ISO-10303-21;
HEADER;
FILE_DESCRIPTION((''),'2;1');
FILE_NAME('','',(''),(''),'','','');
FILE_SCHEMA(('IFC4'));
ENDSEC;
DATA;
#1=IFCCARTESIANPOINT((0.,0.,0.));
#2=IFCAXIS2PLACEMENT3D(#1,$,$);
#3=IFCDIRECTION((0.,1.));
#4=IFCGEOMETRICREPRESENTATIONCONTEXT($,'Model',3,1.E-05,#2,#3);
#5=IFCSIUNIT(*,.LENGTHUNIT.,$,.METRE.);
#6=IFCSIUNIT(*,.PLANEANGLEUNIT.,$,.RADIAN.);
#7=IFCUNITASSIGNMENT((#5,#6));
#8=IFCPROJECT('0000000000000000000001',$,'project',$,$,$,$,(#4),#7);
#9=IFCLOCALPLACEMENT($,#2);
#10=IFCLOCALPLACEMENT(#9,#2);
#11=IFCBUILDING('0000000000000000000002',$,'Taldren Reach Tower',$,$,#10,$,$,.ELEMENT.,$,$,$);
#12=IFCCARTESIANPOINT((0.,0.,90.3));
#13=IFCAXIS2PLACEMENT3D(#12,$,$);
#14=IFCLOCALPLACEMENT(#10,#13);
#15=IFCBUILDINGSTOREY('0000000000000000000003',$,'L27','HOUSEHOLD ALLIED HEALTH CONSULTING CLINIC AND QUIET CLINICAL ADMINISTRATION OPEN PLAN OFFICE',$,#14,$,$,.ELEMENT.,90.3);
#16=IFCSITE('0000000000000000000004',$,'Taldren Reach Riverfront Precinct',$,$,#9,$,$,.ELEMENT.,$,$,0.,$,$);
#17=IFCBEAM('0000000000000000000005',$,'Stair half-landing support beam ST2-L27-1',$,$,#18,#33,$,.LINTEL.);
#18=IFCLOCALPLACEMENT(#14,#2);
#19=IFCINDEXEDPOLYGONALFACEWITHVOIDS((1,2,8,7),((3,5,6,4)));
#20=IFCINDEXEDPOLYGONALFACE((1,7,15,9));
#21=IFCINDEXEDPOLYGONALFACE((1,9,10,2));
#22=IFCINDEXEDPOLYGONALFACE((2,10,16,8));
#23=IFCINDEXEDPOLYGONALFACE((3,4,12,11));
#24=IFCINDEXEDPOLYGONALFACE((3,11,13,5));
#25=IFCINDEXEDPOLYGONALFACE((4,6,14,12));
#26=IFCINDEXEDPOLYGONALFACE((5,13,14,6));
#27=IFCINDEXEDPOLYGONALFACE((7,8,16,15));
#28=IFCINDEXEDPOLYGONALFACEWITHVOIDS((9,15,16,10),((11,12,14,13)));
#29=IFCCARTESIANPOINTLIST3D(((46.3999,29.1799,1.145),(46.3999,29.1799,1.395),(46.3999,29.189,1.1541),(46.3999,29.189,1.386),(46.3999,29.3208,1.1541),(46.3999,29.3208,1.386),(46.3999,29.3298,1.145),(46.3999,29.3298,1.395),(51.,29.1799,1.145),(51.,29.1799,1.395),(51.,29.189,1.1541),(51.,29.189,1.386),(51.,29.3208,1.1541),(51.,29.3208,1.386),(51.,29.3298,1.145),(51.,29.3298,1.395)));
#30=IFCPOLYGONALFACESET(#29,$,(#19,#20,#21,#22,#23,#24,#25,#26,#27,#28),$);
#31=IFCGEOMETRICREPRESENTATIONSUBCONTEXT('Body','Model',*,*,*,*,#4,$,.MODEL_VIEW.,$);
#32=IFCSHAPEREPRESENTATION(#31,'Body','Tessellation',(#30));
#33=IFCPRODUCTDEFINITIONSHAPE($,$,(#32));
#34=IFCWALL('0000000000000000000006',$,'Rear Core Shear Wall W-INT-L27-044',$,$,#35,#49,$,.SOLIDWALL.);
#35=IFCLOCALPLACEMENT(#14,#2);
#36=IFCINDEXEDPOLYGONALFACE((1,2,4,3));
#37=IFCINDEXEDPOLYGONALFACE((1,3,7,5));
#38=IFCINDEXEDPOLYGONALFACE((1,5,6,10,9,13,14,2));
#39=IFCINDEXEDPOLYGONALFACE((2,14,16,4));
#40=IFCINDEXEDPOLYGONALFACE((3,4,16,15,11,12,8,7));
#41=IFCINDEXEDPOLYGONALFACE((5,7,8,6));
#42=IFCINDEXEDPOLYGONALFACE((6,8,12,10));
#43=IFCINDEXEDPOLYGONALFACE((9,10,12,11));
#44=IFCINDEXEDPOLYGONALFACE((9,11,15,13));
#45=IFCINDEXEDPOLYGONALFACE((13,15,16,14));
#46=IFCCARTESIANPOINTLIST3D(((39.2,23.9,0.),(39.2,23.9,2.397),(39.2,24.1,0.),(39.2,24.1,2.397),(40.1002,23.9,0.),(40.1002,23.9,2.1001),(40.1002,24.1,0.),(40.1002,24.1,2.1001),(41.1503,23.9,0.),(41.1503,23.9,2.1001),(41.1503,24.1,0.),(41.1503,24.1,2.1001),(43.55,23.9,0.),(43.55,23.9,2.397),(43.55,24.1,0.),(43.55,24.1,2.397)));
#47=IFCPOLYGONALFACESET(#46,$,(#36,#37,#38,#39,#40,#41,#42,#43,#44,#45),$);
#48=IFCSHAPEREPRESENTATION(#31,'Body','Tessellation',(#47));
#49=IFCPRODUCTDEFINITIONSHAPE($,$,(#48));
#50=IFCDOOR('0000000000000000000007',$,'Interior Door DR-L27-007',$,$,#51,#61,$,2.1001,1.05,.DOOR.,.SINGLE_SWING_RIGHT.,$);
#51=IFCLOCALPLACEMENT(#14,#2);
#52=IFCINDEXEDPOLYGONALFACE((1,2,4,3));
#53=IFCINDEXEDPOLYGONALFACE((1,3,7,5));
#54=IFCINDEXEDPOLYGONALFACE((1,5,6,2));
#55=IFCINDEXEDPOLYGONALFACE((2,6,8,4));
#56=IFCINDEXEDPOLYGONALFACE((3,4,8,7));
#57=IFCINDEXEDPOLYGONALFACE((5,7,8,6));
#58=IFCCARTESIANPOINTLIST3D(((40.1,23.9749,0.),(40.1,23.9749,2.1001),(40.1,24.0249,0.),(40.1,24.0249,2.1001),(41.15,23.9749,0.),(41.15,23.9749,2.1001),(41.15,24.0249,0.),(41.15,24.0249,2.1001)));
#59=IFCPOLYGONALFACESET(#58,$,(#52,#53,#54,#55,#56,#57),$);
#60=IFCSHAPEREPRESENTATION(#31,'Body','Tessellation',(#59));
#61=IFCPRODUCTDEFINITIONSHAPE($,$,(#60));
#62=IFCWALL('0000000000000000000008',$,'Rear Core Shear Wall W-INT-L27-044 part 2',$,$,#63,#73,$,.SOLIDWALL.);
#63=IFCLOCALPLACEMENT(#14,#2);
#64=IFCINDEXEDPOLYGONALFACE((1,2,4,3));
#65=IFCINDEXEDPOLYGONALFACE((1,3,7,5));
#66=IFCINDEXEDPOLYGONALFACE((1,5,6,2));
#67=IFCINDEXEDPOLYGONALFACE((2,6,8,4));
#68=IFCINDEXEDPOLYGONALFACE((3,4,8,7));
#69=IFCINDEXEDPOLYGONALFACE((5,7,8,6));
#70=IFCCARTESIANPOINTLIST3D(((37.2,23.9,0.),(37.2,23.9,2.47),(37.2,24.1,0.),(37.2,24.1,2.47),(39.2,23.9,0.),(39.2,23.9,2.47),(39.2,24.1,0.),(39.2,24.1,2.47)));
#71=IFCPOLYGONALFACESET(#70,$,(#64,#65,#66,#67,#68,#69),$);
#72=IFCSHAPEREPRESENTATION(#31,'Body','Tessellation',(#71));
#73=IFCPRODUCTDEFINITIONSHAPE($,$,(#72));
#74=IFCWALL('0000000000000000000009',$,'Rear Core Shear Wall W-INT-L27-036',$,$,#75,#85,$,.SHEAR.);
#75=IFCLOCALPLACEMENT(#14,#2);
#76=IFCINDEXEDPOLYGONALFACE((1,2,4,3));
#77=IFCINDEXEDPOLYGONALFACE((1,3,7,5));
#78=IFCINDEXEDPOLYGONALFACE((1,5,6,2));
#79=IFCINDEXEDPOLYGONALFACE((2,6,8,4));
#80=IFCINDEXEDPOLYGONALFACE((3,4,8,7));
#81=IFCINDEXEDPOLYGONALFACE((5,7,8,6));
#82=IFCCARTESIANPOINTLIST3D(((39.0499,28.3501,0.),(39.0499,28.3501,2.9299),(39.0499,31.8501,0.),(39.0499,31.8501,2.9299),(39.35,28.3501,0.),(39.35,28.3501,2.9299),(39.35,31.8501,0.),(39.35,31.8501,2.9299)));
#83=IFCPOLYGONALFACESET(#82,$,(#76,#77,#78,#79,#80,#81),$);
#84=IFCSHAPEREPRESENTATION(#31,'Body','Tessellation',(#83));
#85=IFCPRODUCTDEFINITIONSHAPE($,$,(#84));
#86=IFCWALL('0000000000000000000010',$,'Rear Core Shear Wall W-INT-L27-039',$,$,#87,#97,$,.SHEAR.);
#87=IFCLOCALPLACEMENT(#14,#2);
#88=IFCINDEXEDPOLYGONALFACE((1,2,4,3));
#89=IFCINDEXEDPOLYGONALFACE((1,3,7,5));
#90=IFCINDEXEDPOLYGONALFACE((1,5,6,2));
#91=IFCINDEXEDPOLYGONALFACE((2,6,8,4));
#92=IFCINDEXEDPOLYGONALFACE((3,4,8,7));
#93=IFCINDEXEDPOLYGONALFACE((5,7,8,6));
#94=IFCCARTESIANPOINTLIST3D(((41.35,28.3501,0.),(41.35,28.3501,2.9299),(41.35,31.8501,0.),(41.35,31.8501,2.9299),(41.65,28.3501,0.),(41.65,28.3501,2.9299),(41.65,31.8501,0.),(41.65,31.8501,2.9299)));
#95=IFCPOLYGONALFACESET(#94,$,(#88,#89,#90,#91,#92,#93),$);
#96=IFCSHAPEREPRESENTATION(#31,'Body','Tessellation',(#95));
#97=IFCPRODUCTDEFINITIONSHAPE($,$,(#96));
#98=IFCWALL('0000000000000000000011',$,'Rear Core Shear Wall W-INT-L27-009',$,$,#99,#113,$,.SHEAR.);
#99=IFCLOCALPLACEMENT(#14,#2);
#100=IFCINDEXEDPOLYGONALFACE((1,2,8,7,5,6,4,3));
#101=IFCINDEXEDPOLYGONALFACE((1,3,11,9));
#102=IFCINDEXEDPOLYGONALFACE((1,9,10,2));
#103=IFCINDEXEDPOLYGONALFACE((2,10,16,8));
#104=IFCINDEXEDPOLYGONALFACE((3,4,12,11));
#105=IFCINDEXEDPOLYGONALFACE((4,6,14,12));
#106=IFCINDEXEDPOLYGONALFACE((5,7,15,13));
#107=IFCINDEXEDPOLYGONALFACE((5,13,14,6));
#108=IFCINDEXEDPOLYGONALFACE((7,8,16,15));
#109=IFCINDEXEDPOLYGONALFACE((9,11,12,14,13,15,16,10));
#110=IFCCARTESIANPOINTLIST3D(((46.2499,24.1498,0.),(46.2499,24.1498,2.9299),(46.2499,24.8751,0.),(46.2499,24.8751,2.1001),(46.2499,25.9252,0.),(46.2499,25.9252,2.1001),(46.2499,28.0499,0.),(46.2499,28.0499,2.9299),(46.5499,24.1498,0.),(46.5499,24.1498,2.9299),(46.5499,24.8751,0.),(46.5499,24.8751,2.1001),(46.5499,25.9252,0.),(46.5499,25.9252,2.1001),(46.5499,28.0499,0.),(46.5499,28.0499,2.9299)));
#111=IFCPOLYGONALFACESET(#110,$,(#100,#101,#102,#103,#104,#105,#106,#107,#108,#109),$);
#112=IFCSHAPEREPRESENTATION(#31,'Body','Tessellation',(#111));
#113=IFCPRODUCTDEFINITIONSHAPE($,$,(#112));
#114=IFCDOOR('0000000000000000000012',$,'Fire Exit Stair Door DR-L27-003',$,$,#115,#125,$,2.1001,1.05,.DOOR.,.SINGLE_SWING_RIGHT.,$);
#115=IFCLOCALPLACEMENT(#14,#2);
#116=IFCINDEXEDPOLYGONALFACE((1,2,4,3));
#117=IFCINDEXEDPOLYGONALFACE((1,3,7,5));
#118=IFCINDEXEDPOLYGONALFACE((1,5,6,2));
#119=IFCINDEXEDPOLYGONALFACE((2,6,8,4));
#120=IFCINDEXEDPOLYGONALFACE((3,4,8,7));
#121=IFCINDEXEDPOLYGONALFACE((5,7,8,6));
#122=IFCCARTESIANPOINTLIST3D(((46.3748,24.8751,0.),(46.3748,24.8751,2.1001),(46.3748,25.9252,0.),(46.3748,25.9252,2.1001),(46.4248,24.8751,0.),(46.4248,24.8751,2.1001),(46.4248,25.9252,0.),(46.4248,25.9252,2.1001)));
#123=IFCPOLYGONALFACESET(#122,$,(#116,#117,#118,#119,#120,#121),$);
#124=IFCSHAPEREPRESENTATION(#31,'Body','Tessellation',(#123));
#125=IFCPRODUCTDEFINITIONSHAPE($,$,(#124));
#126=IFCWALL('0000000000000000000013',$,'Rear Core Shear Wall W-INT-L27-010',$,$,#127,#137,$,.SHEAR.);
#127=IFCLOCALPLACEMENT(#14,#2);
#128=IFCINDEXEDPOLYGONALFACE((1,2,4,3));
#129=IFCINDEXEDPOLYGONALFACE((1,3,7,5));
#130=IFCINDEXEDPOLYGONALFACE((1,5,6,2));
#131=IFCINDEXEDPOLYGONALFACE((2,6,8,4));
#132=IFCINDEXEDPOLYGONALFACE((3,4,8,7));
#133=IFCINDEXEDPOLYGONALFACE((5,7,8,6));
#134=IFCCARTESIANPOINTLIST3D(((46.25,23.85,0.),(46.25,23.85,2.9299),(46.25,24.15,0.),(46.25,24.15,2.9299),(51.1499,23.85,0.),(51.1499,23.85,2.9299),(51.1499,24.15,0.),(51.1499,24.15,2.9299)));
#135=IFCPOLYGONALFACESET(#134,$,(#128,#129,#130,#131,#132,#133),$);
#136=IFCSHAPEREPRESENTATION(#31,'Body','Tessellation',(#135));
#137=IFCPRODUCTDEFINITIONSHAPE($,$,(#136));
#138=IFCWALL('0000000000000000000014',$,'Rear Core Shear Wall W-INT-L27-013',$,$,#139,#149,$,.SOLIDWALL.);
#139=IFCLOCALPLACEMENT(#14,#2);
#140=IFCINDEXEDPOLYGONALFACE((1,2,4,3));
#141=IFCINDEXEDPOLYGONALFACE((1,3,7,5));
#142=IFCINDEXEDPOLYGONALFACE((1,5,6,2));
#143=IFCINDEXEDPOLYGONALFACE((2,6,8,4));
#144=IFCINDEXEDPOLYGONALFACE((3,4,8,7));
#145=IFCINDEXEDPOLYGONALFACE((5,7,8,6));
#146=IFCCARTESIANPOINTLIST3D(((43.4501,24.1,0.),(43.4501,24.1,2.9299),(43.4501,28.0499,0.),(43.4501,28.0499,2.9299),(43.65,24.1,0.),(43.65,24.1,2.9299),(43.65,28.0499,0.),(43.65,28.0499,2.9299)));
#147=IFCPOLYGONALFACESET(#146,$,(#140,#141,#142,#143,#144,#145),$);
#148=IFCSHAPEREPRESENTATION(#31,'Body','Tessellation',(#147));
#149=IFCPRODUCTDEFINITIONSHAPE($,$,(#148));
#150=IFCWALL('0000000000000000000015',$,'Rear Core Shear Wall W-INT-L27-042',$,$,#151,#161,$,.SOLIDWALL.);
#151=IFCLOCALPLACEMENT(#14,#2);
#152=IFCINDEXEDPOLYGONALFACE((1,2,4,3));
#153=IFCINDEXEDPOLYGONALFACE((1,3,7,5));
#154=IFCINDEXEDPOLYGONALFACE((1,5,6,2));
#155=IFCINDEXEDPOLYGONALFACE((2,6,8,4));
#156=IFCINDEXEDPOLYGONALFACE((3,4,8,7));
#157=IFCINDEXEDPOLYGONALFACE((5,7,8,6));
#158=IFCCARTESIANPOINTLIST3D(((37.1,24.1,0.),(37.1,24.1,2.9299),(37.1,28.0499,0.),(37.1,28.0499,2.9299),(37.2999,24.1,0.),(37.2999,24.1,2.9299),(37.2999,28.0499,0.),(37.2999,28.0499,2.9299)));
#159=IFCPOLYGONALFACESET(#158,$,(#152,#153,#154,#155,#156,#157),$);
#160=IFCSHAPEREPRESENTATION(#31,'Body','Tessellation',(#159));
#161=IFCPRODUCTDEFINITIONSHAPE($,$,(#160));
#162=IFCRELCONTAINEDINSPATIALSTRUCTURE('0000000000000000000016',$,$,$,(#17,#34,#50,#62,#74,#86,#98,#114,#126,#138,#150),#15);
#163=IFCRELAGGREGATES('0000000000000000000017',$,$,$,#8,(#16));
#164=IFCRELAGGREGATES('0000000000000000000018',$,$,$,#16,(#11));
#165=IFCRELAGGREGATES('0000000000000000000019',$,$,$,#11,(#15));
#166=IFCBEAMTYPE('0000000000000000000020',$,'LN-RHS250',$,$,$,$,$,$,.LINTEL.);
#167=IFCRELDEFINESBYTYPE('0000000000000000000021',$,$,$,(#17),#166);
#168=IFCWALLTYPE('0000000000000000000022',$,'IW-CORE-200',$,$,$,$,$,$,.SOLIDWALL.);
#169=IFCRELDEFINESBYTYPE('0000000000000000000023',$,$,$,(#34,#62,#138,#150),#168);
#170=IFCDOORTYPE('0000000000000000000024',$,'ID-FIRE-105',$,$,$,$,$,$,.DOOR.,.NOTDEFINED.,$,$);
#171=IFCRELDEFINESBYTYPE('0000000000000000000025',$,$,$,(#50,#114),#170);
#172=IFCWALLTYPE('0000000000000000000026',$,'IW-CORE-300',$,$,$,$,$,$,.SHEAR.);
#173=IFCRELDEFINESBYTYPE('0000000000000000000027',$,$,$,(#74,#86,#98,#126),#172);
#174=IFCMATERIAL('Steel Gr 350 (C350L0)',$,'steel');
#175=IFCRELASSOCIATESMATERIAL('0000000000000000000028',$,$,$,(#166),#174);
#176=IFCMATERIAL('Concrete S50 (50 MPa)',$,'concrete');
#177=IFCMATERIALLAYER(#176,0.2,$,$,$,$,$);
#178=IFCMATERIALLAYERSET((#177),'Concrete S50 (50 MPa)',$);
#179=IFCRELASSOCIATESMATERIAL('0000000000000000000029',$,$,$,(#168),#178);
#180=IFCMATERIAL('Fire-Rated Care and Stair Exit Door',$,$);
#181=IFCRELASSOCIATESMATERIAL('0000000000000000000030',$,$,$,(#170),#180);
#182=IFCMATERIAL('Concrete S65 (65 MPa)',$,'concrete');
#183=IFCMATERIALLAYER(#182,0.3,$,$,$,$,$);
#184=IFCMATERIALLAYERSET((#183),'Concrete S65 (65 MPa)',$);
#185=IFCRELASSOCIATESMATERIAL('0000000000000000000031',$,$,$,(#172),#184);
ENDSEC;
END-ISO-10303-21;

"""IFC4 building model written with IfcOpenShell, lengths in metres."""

from ifc_helpers import new_model, si_unit, direction, frame, frame_2d, origin, origin_2d, place, context, subcontext, project, spatial, rectangle, hollow_rectangle, extrude, source, transform, mapped, material, layer, layer_set, material_profile, profile_set, type_object, element, fill, save


model = new_model("IFC4")

# Units and contexts
model_context = context("Model", 3, precision=1e-05, world=origin(), true_north=direction((0.0, 1.0)))
body_context = subcontext(model_context, "Body", "Model", "MODEL_VIEW")
ifc_project = project(units=[si_unit("LENGTHUNIT", "METRE"), si_unit("PLANEANGLEUNIT", "RADIAN")], contexts=[model_context])

# Site, building, storey
site_placement = place(None, origin())
site = spatial("IfcSite", under=ifc_project, at=site_placement, Name="Taldren Reach Riverfront Precinct", CompositionType="ELEMENT", RefElevation=0.0)
building_placement = place(site_placement, origin())
building = spatial("IfcBuilding", under=site, at=building_placement, Name="Taldren Reach Tower", CompositionType="ELEMENT")
storey_placement = place(building_placement, frame((0.0, 0.0, 90.3)))
storey = spatial("IfcBuildingStorey", under=building, at=storey_placement, Name="L27", Description="HOUSEHOLD ALLIED HEALTH CONSULTING CLINIC AND QUIET CLINICAL ADMINISTRATION OPEN PLAN OFFICE", CompositionType="ELEMENT", Elevation=90.3)

# Beam
ifc_material_1 = material(Name="Steel Gr 350 (C350L0)", Category="steel")
ifc_material_profile = material_profile(ifc_material_1, hollow_rectangle(XDim=0.1499, YDim=0.25, WallThickness=0.009, at=origin_2d()), Name="250x150x9.0RHS")
ifc_profile_set = profile_set([ifc_material_profile], Name="Steel Gr 350 (C350L0)")
beam_type = type_object("IfcBeamType", Name="LN-RHS250", PredefinedType="LINTEL", material=ifc_profile_set)
shared_shape_1 = source(origin(), body_context, "Body", "SweptSolid", [
    extrude(hollow_rectangle(XDim=0.1499, YDim=0.25, WallThickness=0.009, at=origin_2d()), origin(), (0.0, 0.0, 1.0), 4.6001),
])
beam_placement = place(storey_placement, frame((46.3999, 29.2549, 1.27), z_axis=(1.0, 0.0, 0.0), x_axis=(0.0, 1.0, 0.0)))
element("IfcBeam", 1, at=beam_placement, inside=storey, type_object=beam_type, Name="Stair half-landing support beam ST2-L27-1", PredefinedType="LINTEL", context=body_context, shape_type="MappedRepresentation", body=[
    mapped(shared_shape_1, transform((0.0, 0.0, 0.0), scale=1.0)),
])

# Wall, opening, door
ifc_material_2 = material(Name="Concrete S50 (50 MPa)", Category="concrete")
ifc_layer_1 = layer(ifc_material_2, 0.2)
ifc_layer_set_1 = layer_set([ifc_layer_1], Name="Concrete S50 (50 MPa)")
wall_type_1 = type_object("IfcWallType", Name="IW-CORE-200", PredefinedType="SOLIDWALL", material=ifc_layer_set_1)
shared_shape_2 = source(origin(), body_context, "Body", "SweptSolid", [
    extrude(rectangle(XDim=4.3501, YDim=0.2, at=frame_2d((2.175, 0.0))), origin(), (0.0, 0.0, 1.0), 2.397),
])
wall_1_placement = place(storey_placement, frame((43.55, 24.0, 0.0), z_axis=(0.0, 0.0, 1.0), x_axis=(-1.0, 0.0, 0.0)))
wall_1 = element("IfcWall", 2, at=wall_1_placement, inside=storey, type_object=wall_type_1, Name="Rear Core Shear Wall W-INT-L27-044", PredefinedType="SOLIDWALL", context=body_context, shape_type="MappedRepresentation", body=[
    mapped(shared_shape_2, transform((0.0, 0.0, 0.0), scale=1.0)),
])
shared_shape_3 = source(origin(), body_context, "Body", "SweptSolid", [
    extrude(rectangle(XDim=1.05, YDim=2.1001, at=frame_2d((0.5249, 1.05))), frame((0.0, 0.1099, 0.0), z_axis=(0.0, -1.0, 0.0), x_axis=(1.0, 0.0, 0.0)), (0.0, 0.0, 1.0), 0.22),
])
opening_1_placement = place(wall_1_placement, frame((2.3999, 0.0, 0.0)))
opening_1 = element("IfcOpeningElement", 3, at=opening_1_placement, cuts=wall_1, PredefinedType="OPENING", context=body_context, shape_type="MappedRepresentation", body=[
    mapped(shared_shape_3, transform((0.0, 0.0, 0.0), scale=1.0)),
])
ifc_material_3 = material(Name="Fire-Rated Care and Stair Exit Door")
door_type_1 = type_object("IfcDoorType", Name="ID-FIRE-105", OperationType="NOTDEFINED", PredefinedType="DOOR", material=ifc_material_3)
shared_shape_4 = source(origin(), body_context, "Body", "SweptSolid", [
    extrude(rectangle(XDim=1.05, YDim=2.1001, at=frame_2d((0.5249, 1.05))), frame((0.0, 0.0249, 0.0), z_axis=(0.0, -1.0, 0.0), x_axis=(1.0, 0.0, 0.0)), (0.0, 0.0, 1.0), 0.05),
])
door_1_placement = place(opening_1_placement, frame((1.05, 0.0, 0.0), z_axis=(0.0, 0.0, 1.0), x_axis=(-1.0, 0.0, 0.0)))
door_1 = element("IfcDoor", 4, at=door_1_placement, inside=storey, type_object=door_type_1, Name="Interior Door DR-L27-007", OperationType="SINGLE_SWING_RIGHT", OverallHeight=2.1001, OverallWidth=1.05, PredefinedType="DOOR", context=body_context, shape_type="MappedRepresentation", body=[
    mapped(shared_shape_4, transform((0.0, 0.0, 0.0), scale=1.0)),
])
fill(opening_1, door_1)

# Walls
shared_shape_5 = source(origin(), body_context, "Body", "SweptSolid", [
    extrude(rectangle(XDim=2.0, YDim=0.2, at=frame_2d((1.0, 0.0))), origin(), (0.0, 0.0, 1.0), 2.47),
])
wall_2_placement = place(storey_placement, frame((39.2, 24.0, 0.0), z_axis=(0.0, 0.0, 1.0), x_axis=(-1.0, 0.0, 0.0)))
element("IfcWall", 5, at=wall_2_placement, inside=storey, type_object=wall_type_1, Name="Rear Core Shear Wall W-INT-L27-044 part 2", PredefinedType="SOLIDWALL", context=body_context, shape_type="MappedRepresentation", body=[
    mapped(shared_shape_5, transform((0.0, 0.0, 0.0), scale=1.0)),
])
ifc_material_4 = material(Name="Concrete S65 (65 MPa)", Category="concrete")
ifc_layer_2 = layer(ifc_material_4, 0.3)
ifc_layer_set_2 = layer_set([ifc_layer_2], Name="Concrete S65 (65 MPa)")
wall_type_2 = type_object("IfcWallType", Name="IW-CORE-300", PredefinedType="SHEAR", material=ifc_layer_set_2)
shared_shape_6 = source(origin(), body_context, "Body", "SweptSolid", [
    extrude(rectangle(XDim=3.5, YDim=0.3, at=frame_2d((1.75, 0.0))), origin(), (0.0, 0.0, 1.0), 2.9299),
])
for number, where, z_axis, x_axis, name in (
    (6, (39.2, 28.3501, 0.0), (0.0, 0.0, 1.0), (0.0, 1.0, 0.0), "Rear Core Shear Wall W-INT-L27-036"),
    (7, (41.5, 28.3501, 0.0), (0.0, 0.0, 1.0), (0.0, 1.0, 0.0), "Rear Core Shear Wall W-INT-L27-039"),
):
    element("IfcWall", number, at=place(storey_placement, frame(where, z_axis=z_axis, x_axis=x_axis)), inside=storey, type_object=wall_type_2, Name=name, PredefinedType="SHEAR", context=body_context, shape_type="MappedRepresentation", body=[
        mapped(shared_shape_6, transform((0.0, 0.0, 0.0), scale=1.0)),
    ])

# Wall, opening, door
shared_shape_7 = source(origin(), body_context, "Body", "SweptSolid", [
    extrude(rectangle(XDim=3.9001, YDim=0.3, at=frame_2d((1.9502, 0.0))), origin(), (0.0, 0.0, 1.0), 2.9299),
])
wall_3_placement = place(storey_placement, frame((46.3999, 28.05, 0.0), z_axis=(0.0, 0.0, 1.0), x_axis=(0.0, -1.0, 0.0)))
wall_3 = element("IfcWall", 8, at=wall_3_placement, inside=storey, type_object=wall_type_2, Name="Rear Core Shear Wall W-INT-L27-009", PredefinedType="SHEAR", context=body_context, shape_type="MappedRepresentation", body=[
    mapped(shared_shape_7, transform((0.0, 0.0, 0.0), scale=1.0)),
])
shared_shape_8 = source(origin(), body_context, "Body", "SweptSolid", [
    extrude(rectangle(XDim=1.05, YDim=2.1001, at=frame_2d((0.5249, 1.05))), frame((0.0, 0.1602, 0.0), z_axis=(0.0, -1.0, 0.0), x_axis=(1.0, 0.0, 0.0)), (0.0, 0.0, 1.0), 0.3201),
])
opening_2_placement = place(wall_3_placement, frame((2.125, 0.0, 0.0)))
opening_2 = element("IfcOpeningElement", 9, at=opening_2_placement, cuts=wall_3, PredefinedType="OPENING", context=body_context, shape_type="MappedRepresentation", body=[
    mapped(shared_shape_8, transform((0.0, 0.0, 0.0), scale=1.0)),
])
door_2_placement = place(opening_2_placement, origin())
door_2 = element("IfcDoor", 10, at=door_2_placement, inside=storey, type_object=door_type_1, Name="Fire Exit Stair Door DR-L27-003", OperationType="SINGLE_SWING_RIGHT", OverallHeight=2.1001, OverallWidth=1.05, PredefinedType="DOOR", context=body_context, shape_type="MappedRepresentation", body=[
    mapped(shared_shape_4, transform((0.0, 0.0, 0.0), scale=1.0)),
])
fill(opening_2, door_2)

# Wall
shared_shape_9 = source(origin(), body_context, "Body", "SweptSolid", [
    extrude(rectangle(XDim=4.8999, YDim=0.3, at=frame_2d((2.45, 0.0))), origin(), (0.0, 0.0, 1.0), 2.9299),
])
wall_4_placement = place(storey_placement, frame((46.25, 24.0, 0.0), z_axis=(0.0, 0.0, 1.0), x_axis=(1.0, 0.0, 0.0)))
element("IfcWall", 11, at=wall_4_placement, inside=storey, type_object=wall_type_2, Name="Rear Core Shear Wall W-INT-L27-010", PredefinedType="SHEAR", context=body_context, shape_type="MappedRepresentation", body=[
    mapped(shared_shape_9, transform((0.0, 0.0, 0.0), scale=1.0)),
])

# Walls
shared_shape_10 = source(origin(), body_context, "Body", "SweptSolid", [
    extrude(rectangle(XDim=3.95, YDim=0.2, at=frame_2d((1.9751, 0.0))), origin(), (0.0, 0.0, 1.0), 2.9299),
])
for number, where, z_axis, x_axis, name in (
    (12, (43.55, 28.05, 0.0), (0.0, 0.0, 1.0), (0.0, -1.0, 0.0), "Rear Core Shear Wall W-INT-L27-013"),
    (13, (37.2, 28.05, 0.0), (0.0, 0.0, 1.0), (0.0, -1.0, 0.0), "Rear Core Shear Wall W-INT-L27-042"),
):
    element("IfcWall", number, at=place(storey_placement, frame(where, z_axis=z_axis, x_axis=x_axis)), inside=storey, type_object=wall_type_1, Name=name, PredefinedType="SOLIDWALL", context=body_context, shape_type="MappedRepresentation", body=[
        mapped(shared_shape_10, transform((0.0, 0.0, 0.0), scale=1.0)),
    ])

save(model, "model.ifc")
